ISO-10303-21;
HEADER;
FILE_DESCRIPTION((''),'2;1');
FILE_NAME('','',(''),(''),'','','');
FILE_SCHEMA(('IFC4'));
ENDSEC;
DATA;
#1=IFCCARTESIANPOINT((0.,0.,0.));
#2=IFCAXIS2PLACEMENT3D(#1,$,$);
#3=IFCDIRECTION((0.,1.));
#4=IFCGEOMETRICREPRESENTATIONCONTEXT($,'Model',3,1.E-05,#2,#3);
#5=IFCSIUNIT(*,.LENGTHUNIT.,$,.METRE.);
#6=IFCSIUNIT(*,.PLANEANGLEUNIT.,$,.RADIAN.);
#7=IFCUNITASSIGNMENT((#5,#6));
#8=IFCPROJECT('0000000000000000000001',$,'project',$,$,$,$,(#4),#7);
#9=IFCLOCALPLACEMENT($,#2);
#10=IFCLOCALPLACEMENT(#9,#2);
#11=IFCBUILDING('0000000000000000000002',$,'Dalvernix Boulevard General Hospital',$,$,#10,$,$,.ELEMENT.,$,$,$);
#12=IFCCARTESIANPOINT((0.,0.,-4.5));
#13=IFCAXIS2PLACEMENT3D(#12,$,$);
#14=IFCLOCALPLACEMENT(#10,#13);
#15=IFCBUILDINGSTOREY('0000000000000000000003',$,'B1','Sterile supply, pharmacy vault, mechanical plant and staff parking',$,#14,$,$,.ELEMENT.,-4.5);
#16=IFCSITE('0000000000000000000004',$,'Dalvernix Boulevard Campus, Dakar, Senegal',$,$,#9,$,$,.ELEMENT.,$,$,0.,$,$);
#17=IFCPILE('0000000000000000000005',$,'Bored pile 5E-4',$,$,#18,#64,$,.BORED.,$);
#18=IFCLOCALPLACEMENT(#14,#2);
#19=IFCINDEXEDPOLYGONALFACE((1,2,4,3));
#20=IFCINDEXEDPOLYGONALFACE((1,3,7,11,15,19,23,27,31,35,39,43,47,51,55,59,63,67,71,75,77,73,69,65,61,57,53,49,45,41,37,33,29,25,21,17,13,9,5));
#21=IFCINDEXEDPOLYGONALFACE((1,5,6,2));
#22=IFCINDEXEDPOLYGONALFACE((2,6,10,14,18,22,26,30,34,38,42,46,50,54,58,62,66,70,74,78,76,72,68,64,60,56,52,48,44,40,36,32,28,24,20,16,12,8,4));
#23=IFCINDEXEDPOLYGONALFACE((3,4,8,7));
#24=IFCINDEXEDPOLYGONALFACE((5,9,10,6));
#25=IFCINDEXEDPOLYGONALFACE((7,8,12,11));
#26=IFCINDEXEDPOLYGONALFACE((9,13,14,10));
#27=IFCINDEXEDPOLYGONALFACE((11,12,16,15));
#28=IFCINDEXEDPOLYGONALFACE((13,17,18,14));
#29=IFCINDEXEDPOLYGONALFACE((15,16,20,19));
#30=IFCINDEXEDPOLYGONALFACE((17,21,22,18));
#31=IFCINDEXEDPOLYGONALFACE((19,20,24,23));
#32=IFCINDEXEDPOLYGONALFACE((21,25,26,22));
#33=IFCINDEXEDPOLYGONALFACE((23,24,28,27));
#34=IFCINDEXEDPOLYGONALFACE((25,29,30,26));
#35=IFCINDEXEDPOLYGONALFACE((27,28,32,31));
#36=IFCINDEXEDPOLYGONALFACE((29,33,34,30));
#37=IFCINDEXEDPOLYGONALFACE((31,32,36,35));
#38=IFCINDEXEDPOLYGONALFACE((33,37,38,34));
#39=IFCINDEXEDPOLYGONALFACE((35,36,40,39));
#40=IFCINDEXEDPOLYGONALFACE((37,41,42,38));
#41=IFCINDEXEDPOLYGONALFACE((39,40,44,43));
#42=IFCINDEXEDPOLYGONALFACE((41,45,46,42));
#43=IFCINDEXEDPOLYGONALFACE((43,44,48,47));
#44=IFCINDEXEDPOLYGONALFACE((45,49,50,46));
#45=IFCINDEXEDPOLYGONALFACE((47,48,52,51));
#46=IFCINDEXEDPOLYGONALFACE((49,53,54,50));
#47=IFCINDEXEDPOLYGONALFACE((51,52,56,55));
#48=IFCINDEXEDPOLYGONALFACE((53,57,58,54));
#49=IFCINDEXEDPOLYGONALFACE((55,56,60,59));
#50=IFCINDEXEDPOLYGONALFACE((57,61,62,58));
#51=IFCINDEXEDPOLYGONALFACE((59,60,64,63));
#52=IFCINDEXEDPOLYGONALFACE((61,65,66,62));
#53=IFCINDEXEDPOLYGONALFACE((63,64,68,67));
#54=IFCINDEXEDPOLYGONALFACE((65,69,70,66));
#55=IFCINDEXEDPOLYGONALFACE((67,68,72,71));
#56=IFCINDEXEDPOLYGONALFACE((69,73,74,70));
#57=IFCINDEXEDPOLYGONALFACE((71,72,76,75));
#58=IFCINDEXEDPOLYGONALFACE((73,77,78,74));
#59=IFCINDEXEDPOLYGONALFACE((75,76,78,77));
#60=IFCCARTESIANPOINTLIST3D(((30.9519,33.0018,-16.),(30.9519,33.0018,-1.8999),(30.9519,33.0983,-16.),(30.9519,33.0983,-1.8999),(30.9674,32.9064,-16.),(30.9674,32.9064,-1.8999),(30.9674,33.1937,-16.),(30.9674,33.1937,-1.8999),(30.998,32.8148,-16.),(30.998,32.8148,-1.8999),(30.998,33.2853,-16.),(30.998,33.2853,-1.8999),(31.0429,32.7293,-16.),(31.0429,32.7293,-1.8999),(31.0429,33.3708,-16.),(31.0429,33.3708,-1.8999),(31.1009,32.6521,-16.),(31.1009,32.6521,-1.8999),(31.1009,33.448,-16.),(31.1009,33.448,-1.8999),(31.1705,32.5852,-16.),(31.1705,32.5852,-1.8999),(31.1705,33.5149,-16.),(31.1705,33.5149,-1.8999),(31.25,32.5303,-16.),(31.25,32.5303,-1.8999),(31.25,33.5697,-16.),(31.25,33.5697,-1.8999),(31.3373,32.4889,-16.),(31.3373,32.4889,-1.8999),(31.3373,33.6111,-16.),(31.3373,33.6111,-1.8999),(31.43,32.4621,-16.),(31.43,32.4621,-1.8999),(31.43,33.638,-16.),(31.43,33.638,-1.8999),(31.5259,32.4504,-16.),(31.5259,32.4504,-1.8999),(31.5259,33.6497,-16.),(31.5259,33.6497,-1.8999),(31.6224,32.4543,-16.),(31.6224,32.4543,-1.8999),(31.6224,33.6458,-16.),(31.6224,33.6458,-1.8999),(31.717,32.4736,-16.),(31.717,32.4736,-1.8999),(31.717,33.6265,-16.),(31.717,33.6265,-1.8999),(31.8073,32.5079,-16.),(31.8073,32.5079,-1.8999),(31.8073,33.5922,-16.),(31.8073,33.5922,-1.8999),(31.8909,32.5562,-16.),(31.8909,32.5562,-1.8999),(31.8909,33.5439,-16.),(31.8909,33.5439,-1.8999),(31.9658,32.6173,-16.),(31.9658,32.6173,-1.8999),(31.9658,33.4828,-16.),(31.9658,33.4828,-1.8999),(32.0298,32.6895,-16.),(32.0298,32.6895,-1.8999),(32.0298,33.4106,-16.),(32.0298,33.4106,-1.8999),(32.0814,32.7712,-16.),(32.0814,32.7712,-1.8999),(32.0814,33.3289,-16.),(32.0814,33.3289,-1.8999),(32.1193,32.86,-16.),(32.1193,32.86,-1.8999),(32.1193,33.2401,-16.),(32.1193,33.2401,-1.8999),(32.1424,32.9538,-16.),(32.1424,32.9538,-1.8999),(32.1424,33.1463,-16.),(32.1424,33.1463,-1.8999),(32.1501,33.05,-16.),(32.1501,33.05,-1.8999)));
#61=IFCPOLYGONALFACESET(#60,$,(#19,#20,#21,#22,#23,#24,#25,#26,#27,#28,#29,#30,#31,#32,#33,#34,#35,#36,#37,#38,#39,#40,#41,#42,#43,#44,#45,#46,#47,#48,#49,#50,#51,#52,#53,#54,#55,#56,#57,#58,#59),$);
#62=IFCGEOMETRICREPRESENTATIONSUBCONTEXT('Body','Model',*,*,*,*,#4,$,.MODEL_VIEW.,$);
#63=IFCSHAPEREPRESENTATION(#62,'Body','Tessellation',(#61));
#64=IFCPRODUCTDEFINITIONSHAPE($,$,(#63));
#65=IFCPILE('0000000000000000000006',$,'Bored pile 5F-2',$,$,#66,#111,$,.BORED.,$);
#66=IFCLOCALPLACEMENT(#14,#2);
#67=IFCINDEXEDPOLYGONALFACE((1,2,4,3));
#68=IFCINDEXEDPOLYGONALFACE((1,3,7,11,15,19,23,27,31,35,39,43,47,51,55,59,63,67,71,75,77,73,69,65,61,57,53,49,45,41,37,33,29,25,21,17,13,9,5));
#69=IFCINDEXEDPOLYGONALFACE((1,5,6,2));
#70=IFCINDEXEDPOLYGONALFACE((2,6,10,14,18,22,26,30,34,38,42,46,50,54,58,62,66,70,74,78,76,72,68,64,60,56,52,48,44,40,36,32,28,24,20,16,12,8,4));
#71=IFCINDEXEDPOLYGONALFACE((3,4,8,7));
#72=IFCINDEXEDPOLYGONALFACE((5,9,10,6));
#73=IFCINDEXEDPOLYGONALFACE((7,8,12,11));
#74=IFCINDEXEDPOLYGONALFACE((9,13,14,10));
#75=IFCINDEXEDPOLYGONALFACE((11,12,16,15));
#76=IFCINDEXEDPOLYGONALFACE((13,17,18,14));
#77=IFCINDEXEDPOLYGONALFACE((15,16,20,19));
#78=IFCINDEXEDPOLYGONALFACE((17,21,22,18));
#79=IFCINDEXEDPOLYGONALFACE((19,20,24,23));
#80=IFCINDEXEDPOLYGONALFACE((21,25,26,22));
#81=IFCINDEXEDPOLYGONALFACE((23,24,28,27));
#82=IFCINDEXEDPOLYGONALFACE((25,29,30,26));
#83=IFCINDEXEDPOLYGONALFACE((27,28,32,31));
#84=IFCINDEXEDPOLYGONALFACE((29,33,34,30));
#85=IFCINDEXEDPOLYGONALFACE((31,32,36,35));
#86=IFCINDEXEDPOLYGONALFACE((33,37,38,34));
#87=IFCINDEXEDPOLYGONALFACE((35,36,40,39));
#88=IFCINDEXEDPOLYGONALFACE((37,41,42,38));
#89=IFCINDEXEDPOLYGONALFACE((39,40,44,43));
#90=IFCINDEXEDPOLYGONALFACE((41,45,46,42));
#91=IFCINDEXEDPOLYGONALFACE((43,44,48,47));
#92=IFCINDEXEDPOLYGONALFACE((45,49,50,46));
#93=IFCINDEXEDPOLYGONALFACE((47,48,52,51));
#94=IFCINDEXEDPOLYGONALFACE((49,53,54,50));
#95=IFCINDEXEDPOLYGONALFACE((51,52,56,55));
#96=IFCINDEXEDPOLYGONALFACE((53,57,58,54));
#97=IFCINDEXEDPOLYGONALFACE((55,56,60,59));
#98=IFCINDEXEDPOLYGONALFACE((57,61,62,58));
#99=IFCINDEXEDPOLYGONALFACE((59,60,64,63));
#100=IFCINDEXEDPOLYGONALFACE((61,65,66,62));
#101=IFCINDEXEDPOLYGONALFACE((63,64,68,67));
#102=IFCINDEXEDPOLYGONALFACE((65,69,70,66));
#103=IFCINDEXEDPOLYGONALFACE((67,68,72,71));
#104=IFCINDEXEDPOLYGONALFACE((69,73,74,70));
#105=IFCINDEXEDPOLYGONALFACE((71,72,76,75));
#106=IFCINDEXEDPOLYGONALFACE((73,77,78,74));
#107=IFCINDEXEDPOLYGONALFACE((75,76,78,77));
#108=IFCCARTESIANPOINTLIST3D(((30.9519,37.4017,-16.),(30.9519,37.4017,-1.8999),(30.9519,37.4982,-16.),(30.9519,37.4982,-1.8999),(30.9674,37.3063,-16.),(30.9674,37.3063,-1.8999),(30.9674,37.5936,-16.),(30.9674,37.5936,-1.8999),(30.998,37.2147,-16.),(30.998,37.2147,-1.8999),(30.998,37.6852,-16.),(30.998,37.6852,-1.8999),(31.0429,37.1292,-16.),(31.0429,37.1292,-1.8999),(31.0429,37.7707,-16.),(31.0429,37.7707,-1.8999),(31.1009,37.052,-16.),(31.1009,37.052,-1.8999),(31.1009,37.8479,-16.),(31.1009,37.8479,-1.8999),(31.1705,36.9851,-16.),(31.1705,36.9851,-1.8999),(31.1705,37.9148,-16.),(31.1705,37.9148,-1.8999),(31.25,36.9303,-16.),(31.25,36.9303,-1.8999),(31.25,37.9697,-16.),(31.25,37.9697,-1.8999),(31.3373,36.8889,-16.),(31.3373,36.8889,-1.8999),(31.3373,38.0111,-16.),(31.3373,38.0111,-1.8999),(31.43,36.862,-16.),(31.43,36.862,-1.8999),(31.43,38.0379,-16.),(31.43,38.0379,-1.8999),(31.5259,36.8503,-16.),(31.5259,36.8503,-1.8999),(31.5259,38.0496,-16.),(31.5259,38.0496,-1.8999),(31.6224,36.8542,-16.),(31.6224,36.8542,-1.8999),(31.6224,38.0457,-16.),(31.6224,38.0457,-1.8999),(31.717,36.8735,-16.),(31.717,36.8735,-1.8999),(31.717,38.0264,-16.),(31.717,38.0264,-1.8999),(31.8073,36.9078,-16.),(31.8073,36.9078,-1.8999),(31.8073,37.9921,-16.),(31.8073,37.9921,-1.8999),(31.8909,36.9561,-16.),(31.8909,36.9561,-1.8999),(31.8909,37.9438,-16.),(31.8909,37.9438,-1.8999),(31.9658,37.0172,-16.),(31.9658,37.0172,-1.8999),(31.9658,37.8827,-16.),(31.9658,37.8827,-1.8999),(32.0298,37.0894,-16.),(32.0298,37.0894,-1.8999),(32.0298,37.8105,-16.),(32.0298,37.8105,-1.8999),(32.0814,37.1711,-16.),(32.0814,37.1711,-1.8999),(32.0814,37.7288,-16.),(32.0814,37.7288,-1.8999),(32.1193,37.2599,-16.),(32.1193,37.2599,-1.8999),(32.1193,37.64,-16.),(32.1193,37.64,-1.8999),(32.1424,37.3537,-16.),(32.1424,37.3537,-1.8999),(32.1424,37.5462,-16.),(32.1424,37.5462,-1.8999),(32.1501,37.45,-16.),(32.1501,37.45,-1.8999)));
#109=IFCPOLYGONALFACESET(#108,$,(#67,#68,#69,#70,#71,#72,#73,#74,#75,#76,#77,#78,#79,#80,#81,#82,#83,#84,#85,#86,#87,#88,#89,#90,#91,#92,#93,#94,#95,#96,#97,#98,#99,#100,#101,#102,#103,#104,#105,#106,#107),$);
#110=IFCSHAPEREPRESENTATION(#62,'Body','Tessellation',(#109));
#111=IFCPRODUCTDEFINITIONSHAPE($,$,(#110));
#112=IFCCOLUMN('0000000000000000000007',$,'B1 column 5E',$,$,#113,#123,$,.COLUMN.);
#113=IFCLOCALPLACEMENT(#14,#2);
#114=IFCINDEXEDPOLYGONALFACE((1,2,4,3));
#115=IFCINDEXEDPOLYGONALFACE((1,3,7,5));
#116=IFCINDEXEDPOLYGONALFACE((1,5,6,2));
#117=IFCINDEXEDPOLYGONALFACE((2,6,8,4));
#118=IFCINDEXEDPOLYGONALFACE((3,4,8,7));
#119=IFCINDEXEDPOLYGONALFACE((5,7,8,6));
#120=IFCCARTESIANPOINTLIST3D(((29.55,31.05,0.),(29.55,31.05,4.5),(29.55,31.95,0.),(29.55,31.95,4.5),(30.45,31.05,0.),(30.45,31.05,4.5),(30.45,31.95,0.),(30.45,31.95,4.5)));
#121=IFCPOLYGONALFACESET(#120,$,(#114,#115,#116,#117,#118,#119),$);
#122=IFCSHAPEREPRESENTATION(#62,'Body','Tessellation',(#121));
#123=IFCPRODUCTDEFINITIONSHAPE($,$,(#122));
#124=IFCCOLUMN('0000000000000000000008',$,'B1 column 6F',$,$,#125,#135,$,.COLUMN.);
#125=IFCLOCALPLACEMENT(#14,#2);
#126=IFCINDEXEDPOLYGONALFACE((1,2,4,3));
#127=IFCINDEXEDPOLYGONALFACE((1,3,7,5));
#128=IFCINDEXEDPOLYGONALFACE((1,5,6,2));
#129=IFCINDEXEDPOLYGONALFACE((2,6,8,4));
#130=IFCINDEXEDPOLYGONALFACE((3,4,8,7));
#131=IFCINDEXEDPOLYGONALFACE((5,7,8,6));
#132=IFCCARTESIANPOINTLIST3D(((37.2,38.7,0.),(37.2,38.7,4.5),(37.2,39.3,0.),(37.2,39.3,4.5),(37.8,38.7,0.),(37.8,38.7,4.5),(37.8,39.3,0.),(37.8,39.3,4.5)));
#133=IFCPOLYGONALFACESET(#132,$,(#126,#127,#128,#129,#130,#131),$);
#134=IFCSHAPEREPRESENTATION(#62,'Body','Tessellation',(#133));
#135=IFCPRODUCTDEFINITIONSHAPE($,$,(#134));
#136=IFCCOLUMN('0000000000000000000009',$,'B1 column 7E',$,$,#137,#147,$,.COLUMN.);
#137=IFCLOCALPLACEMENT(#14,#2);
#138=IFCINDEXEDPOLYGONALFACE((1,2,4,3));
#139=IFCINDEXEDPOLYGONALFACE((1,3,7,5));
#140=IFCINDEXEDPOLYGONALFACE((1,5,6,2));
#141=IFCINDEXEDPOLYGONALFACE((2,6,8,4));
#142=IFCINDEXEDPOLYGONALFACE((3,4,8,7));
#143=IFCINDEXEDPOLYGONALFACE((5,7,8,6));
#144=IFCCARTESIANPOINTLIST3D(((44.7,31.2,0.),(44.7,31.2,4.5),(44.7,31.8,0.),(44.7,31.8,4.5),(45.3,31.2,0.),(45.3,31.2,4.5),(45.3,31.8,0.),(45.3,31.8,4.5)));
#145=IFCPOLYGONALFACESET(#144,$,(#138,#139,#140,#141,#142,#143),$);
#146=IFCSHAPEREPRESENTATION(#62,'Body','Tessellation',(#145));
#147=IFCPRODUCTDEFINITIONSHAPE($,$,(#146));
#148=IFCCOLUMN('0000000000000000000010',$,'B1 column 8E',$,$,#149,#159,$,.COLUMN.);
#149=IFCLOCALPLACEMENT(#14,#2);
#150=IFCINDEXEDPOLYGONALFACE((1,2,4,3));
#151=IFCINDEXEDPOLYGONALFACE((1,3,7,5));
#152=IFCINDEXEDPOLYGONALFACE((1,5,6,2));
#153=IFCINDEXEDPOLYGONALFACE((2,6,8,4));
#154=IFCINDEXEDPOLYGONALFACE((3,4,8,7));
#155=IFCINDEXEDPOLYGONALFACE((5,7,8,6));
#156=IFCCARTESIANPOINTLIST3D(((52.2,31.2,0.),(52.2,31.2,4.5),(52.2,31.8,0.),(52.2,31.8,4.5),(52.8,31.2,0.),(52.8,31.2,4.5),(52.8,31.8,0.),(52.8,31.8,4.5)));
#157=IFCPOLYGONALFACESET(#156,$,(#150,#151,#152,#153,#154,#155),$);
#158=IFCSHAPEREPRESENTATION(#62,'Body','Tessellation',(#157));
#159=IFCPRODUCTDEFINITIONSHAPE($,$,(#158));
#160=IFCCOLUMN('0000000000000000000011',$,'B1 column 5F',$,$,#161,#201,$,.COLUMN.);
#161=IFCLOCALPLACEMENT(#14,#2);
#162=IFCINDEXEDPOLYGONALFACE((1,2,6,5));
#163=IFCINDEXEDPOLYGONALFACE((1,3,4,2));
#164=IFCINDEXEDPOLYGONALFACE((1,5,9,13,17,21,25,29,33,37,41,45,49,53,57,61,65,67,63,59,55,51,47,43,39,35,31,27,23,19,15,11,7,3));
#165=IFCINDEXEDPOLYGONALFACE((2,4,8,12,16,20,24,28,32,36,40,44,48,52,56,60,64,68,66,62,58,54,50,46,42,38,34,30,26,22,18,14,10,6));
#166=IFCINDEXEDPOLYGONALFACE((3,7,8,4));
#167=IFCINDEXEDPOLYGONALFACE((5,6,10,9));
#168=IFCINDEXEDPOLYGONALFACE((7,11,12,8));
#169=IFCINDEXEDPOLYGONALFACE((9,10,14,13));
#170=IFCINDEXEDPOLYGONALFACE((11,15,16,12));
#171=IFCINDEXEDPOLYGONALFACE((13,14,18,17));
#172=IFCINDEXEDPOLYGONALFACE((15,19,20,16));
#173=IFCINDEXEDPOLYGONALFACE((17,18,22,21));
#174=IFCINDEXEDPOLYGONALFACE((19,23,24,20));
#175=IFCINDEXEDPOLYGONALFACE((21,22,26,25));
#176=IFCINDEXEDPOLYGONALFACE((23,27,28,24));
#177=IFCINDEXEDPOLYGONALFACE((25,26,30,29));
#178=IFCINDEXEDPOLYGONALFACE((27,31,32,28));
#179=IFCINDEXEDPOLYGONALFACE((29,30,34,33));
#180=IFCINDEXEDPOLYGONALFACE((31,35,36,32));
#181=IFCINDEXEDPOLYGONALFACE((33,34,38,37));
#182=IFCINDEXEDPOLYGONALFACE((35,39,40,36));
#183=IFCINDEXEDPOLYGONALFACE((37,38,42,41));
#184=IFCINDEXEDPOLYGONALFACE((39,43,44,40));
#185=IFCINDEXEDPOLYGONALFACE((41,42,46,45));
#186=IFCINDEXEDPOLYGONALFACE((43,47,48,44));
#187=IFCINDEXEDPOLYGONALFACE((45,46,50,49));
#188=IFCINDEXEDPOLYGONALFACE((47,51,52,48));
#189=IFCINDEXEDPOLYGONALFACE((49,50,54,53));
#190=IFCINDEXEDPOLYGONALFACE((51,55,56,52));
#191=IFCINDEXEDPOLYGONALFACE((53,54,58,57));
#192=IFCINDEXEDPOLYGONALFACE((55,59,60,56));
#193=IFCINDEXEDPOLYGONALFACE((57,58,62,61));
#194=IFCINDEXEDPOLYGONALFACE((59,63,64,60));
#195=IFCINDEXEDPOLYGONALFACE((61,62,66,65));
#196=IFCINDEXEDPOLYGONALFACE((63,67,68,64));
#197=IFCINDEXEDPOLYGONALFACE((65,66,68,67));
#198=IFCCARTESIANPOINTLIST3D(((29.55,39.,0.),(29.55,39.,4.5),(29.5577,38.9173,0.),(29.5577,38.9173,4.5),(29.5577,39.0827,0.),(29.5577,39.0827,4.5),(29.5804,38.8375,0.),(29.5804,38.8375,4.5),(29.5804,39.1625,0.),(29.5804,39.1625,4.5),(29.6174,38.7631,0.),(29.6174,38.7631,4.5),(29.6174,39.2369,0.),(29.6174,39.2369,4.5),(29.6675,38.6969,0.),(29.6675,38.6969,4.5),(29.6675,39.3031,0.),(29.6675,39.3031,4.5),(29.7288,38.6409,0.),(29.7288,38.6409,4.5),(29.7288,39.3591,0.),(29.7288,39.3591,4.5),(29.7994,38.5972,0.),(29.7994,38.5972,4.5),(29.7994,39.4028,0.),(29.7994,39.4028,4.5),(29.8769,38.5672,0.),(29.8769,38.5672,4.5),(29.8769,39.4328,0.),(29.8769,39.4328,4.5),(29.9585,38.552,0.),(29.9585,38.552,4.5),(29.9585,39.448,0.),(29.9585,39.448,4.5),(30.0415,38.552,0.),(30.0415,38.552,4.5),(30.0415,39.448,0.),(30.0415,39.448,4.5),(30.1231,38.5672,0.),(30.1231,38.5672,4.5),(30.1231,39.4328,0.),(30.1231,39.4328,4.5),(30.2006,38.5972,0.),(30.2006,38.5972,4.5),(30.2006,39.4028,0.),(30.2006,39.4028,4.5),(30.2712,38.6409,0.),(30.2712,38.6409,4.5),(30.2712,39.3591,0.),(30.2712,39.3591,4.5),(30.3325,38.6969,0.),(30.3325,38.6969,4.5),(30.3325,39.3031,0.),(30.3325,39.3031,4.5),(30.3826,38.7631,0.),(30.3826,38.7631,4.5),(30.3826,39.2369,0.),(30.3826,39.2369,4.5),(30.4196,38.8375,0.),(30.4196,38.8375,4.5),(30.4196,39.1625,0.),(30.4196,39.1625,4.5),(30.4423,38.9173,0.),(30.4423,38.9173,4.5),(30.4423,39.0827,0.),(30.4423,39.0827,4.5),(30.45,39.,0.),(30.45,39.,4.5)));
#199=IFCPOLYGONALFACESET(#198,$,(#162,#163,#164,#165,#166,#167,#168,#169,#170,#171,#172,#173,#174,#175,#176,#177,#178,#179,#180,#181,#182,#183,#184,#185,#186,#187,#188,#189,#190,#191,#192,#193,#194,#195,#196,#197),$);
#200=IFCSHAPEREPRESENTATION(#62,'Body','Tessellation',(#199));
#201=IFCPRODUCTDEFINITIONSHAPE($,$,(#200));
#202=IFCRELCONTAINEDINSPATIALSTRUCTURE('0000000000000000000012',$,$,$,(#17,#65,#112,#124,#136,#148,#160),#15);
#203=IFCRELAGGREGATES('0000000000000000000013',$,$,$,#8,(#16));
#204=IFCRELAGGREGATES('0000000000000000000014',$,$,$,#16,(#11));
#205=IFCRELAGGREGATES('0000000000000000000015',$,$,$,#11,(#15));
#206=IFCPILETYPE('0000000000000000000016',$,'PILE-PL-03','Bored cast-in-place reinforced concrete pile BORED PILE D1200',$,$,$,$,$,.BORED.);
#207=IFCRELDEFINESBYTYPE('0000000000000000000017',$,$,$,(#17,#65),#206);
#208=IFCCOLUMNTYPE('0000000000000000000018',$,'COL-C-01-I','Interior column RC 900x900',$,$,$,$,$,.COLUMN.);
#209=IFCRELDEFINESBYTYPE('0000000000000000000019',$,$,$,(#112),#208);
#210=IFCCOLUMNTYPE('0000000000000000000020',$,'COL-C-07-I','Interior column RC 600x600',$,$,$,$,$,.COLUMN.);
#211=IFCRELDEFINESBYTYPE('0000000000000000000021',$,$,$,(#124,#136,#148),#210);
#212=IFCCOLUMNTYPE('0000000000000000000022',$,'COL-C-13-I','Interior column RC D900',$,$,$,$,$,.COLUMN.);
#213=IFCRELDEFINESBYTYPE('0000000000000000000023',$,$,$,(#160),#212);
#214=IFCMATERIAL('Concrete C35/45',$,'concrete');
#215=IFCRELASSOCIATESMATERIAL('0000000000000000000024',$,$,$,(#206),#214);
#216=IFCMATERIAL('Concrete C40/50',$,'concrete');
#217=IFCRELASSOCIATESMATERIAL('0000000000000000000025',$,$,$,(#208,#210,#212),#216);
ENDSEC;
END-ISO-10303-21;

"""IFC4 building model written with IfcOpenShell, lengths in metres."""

from ifc_helpers import new_model, si_unit, direction, frame, origin, origin_2d, place, context, subcontext, project, spatial, rectangle, circle, extrude, material, material_profile, profile_set, type_object, element, save


model = new_model("IFC4")

# Units and contexts
model_context = context("Model", 3, precision=1e-05, world=origin(), true_north=direction((0.0, 1.0)))
body_context = subcontext(model_context, "Body", "Model", "MODEL_VIEW")
ifc_project = project(units=[si_unit("LENGTHUNIT", "METRE"), si_unit("PLANEANGLEUNIT", "RADIAN")], contexts=[model_context])

# Site, building, storey
site_placement = place(None, origin())
site = spatial("IfcSite", under=ifc_project, at=site_placement, Name="Dalvernix Boulevard Campus, Dakar, Senegal", CompositionType="ELEMENT", RefElevation=0.0)
building_placement = place(site_placement, origin())
building = spatial("IfcBuilding", under=site, at=building_placement, Name="Dalvernix Boulevard General Hospital", CompositionType="ELEMENT")
storey_placement = place(building_placement, frame((0.0, 0.0, -4.5)))
storey = spatial("IfcBuildingStorey", under=building, at=storey_placement, Name="B1", Description="Sterile supply, pharmacy vault, mechanical plant and staff parking", CompositionType="ELEMENT", Elevation=-4.5)

# Shared definitions
ifc_material_1 = material(Name="Concrete C35/45", Category="concrete")
ifc_material_2 = material(Name="Concrete C40/50", Category="concrete")

# Piles
ifc_material_profile_1 = material_profile(ifc_material_1, circle(Radius=0.6001, at=origin_2d()), Name="BORED PILE D1200")
ifc_profile_set_1 = profile_set([ifc_material_profile_1], Name="Concrete C35/45")
pile_type_1 = type_object("IfcPileType", Name="PILE-PL-03", Description="Bored cast-in-place reinforced concrete pile BORED PILE D1200", PredefinedType="BORED", material=ifc_profile_set_1)
for number, where, z_axis, x_axis, name in (
    (1, (31.55, 33.05, -1.8999), (0.0, 0.0, -1.0), (1.0, 0.0, 0.0), "Bored pile 5E-4"),
    (2, (31.55, 37.45, -1.8999), (0.0, 0.0, -1.0), (1.0, 0.0, 0.0), "Bored pile 5F-2"),
):
    element("IfcPile", number, at=place(storey_placement, frame(where, z_axis=z_axis, x_axis=x_axis)), inside=storey, type_object=pile_type_1, Name=name, PredefinedType="BORED", context=body_context, shape_type="SweptSolid", body=[
        extrude(circle(Radius=0.6001, at=origin_2d()), origin(), (0.0, 0.0, 1.0), 14.1001),
    ])

# Columns
ifc_material_profile_2 = material_profile(ifc_material_2, rectangle(XDim=0.8999, YDim=0.8999, at=origin_2d()), Name="RC 900x900")
ifc_profile_set_2 = profile_set([ifc_material_profile_2], Name="Concrete C40/50")
column_type_1 = type_object("IfcColumnType", Name="COL-C-01-I", Description="Interior column RC 900x900", PredefinedType="COLUMN", material=ifc_profile_set_2)
column_1_placement = place(storey_placement, frame((30.0, 31.5, 0.0), z_axis=(0.0, 0.0, 1.0), x_axis=(1.0, 0.0, 0.0)))
element("IfcColumn", 3, at=column_1_placement, inside=storey, type_object=column_type_1, Name="B1 column 5E", PredefinedType="COLUMN", context=body_context, shape_type="SweptSolid", body=[
    extrude(rectangle(XDim=0.8999, YDim=0.8999, at=origin_2d()), origin(), (0.0, 0.0, 1.0), 4.5),
])
ifc_material_profile_3 = material_profile(ifc_material_2, rectangle(XDim=0.6001, YDim=0.6001, at=origin_2d()), Name="RC 600x600")
ifc_profile_set_3 = profile_set([ifc_material_profile_3], Name="Concrete C40/50")
column_type_2 = type_object("IfcColumnType", Name="COL-C-07-I", Description="Interior column RC 600x600", PredefinedType="COLUMN", material=ifc_profile_set_3)
for number, where, z_axis, x_axis, name in (
    (4, (37.5, 39.0, 0.0), (0.0, 0.0, 1.0), (1.0, 0.0, 0.0), "B1 column 6F"),
    (5, (45.0, 31.5, 0.0), (0.0, 0.0, 1.0), (1.0, 0.0, 0.0), "B1 column 7E"),
    (6, (52.5, 31.5, 0.0), (0.0, 0.0, 1.0), (1.0, 0.0, 0.0), "B1 column 8E"),
):
    element("IfcColumn", number, at=place(storey_placement, frame(where, z_axis=z_axis, x_axis=x_axis)), inside=storey, type_object=column_type_2, Name=name, PredefinedType="COLUMN", context=body_context, shape_type="SweptSolid", body=[
        extrude(rectangle(XDim=0.6001, YDim=0.6001, at=origin_2d()), origin(), (0.0, 0.0, 1.0), 4.5),
    ])
ifc_material_profile_4 = material_profile(ifc_material_2, circle(Radius=0.45, at=origin_2d()), Name="RC D900")
ifc_profile_set_4 = profile_set([ifc_material_profile_4], Name="Concrete C40/50")
column_type_3 = type_object("IfcColumnType", Name="COL-C-13-I", Description="Interior column RC D900", PredefinedType="COLUMN", material=ifc_profile_set_4)
column_2_placement = place(storey_placement, frame((30.0, 39.0, 0.0), z_axis=(0.0, 0.0, 1.0), x_axis=(1.0, 0.0, 0.0)))
element("IfcColumn", 7, at=column_2_placement, inside=storey, type_object=column_type_3, Name="B1 column 5F", PredefinedType="COLUMN", context=body_context, shape_type="SweptSolid", body=[
    extrude(circle(Radius=0.45, at=origin_2d()), origin(), (0.0, 0.0, 1.0), 4.5),
])

save(model, "model.ifc")
